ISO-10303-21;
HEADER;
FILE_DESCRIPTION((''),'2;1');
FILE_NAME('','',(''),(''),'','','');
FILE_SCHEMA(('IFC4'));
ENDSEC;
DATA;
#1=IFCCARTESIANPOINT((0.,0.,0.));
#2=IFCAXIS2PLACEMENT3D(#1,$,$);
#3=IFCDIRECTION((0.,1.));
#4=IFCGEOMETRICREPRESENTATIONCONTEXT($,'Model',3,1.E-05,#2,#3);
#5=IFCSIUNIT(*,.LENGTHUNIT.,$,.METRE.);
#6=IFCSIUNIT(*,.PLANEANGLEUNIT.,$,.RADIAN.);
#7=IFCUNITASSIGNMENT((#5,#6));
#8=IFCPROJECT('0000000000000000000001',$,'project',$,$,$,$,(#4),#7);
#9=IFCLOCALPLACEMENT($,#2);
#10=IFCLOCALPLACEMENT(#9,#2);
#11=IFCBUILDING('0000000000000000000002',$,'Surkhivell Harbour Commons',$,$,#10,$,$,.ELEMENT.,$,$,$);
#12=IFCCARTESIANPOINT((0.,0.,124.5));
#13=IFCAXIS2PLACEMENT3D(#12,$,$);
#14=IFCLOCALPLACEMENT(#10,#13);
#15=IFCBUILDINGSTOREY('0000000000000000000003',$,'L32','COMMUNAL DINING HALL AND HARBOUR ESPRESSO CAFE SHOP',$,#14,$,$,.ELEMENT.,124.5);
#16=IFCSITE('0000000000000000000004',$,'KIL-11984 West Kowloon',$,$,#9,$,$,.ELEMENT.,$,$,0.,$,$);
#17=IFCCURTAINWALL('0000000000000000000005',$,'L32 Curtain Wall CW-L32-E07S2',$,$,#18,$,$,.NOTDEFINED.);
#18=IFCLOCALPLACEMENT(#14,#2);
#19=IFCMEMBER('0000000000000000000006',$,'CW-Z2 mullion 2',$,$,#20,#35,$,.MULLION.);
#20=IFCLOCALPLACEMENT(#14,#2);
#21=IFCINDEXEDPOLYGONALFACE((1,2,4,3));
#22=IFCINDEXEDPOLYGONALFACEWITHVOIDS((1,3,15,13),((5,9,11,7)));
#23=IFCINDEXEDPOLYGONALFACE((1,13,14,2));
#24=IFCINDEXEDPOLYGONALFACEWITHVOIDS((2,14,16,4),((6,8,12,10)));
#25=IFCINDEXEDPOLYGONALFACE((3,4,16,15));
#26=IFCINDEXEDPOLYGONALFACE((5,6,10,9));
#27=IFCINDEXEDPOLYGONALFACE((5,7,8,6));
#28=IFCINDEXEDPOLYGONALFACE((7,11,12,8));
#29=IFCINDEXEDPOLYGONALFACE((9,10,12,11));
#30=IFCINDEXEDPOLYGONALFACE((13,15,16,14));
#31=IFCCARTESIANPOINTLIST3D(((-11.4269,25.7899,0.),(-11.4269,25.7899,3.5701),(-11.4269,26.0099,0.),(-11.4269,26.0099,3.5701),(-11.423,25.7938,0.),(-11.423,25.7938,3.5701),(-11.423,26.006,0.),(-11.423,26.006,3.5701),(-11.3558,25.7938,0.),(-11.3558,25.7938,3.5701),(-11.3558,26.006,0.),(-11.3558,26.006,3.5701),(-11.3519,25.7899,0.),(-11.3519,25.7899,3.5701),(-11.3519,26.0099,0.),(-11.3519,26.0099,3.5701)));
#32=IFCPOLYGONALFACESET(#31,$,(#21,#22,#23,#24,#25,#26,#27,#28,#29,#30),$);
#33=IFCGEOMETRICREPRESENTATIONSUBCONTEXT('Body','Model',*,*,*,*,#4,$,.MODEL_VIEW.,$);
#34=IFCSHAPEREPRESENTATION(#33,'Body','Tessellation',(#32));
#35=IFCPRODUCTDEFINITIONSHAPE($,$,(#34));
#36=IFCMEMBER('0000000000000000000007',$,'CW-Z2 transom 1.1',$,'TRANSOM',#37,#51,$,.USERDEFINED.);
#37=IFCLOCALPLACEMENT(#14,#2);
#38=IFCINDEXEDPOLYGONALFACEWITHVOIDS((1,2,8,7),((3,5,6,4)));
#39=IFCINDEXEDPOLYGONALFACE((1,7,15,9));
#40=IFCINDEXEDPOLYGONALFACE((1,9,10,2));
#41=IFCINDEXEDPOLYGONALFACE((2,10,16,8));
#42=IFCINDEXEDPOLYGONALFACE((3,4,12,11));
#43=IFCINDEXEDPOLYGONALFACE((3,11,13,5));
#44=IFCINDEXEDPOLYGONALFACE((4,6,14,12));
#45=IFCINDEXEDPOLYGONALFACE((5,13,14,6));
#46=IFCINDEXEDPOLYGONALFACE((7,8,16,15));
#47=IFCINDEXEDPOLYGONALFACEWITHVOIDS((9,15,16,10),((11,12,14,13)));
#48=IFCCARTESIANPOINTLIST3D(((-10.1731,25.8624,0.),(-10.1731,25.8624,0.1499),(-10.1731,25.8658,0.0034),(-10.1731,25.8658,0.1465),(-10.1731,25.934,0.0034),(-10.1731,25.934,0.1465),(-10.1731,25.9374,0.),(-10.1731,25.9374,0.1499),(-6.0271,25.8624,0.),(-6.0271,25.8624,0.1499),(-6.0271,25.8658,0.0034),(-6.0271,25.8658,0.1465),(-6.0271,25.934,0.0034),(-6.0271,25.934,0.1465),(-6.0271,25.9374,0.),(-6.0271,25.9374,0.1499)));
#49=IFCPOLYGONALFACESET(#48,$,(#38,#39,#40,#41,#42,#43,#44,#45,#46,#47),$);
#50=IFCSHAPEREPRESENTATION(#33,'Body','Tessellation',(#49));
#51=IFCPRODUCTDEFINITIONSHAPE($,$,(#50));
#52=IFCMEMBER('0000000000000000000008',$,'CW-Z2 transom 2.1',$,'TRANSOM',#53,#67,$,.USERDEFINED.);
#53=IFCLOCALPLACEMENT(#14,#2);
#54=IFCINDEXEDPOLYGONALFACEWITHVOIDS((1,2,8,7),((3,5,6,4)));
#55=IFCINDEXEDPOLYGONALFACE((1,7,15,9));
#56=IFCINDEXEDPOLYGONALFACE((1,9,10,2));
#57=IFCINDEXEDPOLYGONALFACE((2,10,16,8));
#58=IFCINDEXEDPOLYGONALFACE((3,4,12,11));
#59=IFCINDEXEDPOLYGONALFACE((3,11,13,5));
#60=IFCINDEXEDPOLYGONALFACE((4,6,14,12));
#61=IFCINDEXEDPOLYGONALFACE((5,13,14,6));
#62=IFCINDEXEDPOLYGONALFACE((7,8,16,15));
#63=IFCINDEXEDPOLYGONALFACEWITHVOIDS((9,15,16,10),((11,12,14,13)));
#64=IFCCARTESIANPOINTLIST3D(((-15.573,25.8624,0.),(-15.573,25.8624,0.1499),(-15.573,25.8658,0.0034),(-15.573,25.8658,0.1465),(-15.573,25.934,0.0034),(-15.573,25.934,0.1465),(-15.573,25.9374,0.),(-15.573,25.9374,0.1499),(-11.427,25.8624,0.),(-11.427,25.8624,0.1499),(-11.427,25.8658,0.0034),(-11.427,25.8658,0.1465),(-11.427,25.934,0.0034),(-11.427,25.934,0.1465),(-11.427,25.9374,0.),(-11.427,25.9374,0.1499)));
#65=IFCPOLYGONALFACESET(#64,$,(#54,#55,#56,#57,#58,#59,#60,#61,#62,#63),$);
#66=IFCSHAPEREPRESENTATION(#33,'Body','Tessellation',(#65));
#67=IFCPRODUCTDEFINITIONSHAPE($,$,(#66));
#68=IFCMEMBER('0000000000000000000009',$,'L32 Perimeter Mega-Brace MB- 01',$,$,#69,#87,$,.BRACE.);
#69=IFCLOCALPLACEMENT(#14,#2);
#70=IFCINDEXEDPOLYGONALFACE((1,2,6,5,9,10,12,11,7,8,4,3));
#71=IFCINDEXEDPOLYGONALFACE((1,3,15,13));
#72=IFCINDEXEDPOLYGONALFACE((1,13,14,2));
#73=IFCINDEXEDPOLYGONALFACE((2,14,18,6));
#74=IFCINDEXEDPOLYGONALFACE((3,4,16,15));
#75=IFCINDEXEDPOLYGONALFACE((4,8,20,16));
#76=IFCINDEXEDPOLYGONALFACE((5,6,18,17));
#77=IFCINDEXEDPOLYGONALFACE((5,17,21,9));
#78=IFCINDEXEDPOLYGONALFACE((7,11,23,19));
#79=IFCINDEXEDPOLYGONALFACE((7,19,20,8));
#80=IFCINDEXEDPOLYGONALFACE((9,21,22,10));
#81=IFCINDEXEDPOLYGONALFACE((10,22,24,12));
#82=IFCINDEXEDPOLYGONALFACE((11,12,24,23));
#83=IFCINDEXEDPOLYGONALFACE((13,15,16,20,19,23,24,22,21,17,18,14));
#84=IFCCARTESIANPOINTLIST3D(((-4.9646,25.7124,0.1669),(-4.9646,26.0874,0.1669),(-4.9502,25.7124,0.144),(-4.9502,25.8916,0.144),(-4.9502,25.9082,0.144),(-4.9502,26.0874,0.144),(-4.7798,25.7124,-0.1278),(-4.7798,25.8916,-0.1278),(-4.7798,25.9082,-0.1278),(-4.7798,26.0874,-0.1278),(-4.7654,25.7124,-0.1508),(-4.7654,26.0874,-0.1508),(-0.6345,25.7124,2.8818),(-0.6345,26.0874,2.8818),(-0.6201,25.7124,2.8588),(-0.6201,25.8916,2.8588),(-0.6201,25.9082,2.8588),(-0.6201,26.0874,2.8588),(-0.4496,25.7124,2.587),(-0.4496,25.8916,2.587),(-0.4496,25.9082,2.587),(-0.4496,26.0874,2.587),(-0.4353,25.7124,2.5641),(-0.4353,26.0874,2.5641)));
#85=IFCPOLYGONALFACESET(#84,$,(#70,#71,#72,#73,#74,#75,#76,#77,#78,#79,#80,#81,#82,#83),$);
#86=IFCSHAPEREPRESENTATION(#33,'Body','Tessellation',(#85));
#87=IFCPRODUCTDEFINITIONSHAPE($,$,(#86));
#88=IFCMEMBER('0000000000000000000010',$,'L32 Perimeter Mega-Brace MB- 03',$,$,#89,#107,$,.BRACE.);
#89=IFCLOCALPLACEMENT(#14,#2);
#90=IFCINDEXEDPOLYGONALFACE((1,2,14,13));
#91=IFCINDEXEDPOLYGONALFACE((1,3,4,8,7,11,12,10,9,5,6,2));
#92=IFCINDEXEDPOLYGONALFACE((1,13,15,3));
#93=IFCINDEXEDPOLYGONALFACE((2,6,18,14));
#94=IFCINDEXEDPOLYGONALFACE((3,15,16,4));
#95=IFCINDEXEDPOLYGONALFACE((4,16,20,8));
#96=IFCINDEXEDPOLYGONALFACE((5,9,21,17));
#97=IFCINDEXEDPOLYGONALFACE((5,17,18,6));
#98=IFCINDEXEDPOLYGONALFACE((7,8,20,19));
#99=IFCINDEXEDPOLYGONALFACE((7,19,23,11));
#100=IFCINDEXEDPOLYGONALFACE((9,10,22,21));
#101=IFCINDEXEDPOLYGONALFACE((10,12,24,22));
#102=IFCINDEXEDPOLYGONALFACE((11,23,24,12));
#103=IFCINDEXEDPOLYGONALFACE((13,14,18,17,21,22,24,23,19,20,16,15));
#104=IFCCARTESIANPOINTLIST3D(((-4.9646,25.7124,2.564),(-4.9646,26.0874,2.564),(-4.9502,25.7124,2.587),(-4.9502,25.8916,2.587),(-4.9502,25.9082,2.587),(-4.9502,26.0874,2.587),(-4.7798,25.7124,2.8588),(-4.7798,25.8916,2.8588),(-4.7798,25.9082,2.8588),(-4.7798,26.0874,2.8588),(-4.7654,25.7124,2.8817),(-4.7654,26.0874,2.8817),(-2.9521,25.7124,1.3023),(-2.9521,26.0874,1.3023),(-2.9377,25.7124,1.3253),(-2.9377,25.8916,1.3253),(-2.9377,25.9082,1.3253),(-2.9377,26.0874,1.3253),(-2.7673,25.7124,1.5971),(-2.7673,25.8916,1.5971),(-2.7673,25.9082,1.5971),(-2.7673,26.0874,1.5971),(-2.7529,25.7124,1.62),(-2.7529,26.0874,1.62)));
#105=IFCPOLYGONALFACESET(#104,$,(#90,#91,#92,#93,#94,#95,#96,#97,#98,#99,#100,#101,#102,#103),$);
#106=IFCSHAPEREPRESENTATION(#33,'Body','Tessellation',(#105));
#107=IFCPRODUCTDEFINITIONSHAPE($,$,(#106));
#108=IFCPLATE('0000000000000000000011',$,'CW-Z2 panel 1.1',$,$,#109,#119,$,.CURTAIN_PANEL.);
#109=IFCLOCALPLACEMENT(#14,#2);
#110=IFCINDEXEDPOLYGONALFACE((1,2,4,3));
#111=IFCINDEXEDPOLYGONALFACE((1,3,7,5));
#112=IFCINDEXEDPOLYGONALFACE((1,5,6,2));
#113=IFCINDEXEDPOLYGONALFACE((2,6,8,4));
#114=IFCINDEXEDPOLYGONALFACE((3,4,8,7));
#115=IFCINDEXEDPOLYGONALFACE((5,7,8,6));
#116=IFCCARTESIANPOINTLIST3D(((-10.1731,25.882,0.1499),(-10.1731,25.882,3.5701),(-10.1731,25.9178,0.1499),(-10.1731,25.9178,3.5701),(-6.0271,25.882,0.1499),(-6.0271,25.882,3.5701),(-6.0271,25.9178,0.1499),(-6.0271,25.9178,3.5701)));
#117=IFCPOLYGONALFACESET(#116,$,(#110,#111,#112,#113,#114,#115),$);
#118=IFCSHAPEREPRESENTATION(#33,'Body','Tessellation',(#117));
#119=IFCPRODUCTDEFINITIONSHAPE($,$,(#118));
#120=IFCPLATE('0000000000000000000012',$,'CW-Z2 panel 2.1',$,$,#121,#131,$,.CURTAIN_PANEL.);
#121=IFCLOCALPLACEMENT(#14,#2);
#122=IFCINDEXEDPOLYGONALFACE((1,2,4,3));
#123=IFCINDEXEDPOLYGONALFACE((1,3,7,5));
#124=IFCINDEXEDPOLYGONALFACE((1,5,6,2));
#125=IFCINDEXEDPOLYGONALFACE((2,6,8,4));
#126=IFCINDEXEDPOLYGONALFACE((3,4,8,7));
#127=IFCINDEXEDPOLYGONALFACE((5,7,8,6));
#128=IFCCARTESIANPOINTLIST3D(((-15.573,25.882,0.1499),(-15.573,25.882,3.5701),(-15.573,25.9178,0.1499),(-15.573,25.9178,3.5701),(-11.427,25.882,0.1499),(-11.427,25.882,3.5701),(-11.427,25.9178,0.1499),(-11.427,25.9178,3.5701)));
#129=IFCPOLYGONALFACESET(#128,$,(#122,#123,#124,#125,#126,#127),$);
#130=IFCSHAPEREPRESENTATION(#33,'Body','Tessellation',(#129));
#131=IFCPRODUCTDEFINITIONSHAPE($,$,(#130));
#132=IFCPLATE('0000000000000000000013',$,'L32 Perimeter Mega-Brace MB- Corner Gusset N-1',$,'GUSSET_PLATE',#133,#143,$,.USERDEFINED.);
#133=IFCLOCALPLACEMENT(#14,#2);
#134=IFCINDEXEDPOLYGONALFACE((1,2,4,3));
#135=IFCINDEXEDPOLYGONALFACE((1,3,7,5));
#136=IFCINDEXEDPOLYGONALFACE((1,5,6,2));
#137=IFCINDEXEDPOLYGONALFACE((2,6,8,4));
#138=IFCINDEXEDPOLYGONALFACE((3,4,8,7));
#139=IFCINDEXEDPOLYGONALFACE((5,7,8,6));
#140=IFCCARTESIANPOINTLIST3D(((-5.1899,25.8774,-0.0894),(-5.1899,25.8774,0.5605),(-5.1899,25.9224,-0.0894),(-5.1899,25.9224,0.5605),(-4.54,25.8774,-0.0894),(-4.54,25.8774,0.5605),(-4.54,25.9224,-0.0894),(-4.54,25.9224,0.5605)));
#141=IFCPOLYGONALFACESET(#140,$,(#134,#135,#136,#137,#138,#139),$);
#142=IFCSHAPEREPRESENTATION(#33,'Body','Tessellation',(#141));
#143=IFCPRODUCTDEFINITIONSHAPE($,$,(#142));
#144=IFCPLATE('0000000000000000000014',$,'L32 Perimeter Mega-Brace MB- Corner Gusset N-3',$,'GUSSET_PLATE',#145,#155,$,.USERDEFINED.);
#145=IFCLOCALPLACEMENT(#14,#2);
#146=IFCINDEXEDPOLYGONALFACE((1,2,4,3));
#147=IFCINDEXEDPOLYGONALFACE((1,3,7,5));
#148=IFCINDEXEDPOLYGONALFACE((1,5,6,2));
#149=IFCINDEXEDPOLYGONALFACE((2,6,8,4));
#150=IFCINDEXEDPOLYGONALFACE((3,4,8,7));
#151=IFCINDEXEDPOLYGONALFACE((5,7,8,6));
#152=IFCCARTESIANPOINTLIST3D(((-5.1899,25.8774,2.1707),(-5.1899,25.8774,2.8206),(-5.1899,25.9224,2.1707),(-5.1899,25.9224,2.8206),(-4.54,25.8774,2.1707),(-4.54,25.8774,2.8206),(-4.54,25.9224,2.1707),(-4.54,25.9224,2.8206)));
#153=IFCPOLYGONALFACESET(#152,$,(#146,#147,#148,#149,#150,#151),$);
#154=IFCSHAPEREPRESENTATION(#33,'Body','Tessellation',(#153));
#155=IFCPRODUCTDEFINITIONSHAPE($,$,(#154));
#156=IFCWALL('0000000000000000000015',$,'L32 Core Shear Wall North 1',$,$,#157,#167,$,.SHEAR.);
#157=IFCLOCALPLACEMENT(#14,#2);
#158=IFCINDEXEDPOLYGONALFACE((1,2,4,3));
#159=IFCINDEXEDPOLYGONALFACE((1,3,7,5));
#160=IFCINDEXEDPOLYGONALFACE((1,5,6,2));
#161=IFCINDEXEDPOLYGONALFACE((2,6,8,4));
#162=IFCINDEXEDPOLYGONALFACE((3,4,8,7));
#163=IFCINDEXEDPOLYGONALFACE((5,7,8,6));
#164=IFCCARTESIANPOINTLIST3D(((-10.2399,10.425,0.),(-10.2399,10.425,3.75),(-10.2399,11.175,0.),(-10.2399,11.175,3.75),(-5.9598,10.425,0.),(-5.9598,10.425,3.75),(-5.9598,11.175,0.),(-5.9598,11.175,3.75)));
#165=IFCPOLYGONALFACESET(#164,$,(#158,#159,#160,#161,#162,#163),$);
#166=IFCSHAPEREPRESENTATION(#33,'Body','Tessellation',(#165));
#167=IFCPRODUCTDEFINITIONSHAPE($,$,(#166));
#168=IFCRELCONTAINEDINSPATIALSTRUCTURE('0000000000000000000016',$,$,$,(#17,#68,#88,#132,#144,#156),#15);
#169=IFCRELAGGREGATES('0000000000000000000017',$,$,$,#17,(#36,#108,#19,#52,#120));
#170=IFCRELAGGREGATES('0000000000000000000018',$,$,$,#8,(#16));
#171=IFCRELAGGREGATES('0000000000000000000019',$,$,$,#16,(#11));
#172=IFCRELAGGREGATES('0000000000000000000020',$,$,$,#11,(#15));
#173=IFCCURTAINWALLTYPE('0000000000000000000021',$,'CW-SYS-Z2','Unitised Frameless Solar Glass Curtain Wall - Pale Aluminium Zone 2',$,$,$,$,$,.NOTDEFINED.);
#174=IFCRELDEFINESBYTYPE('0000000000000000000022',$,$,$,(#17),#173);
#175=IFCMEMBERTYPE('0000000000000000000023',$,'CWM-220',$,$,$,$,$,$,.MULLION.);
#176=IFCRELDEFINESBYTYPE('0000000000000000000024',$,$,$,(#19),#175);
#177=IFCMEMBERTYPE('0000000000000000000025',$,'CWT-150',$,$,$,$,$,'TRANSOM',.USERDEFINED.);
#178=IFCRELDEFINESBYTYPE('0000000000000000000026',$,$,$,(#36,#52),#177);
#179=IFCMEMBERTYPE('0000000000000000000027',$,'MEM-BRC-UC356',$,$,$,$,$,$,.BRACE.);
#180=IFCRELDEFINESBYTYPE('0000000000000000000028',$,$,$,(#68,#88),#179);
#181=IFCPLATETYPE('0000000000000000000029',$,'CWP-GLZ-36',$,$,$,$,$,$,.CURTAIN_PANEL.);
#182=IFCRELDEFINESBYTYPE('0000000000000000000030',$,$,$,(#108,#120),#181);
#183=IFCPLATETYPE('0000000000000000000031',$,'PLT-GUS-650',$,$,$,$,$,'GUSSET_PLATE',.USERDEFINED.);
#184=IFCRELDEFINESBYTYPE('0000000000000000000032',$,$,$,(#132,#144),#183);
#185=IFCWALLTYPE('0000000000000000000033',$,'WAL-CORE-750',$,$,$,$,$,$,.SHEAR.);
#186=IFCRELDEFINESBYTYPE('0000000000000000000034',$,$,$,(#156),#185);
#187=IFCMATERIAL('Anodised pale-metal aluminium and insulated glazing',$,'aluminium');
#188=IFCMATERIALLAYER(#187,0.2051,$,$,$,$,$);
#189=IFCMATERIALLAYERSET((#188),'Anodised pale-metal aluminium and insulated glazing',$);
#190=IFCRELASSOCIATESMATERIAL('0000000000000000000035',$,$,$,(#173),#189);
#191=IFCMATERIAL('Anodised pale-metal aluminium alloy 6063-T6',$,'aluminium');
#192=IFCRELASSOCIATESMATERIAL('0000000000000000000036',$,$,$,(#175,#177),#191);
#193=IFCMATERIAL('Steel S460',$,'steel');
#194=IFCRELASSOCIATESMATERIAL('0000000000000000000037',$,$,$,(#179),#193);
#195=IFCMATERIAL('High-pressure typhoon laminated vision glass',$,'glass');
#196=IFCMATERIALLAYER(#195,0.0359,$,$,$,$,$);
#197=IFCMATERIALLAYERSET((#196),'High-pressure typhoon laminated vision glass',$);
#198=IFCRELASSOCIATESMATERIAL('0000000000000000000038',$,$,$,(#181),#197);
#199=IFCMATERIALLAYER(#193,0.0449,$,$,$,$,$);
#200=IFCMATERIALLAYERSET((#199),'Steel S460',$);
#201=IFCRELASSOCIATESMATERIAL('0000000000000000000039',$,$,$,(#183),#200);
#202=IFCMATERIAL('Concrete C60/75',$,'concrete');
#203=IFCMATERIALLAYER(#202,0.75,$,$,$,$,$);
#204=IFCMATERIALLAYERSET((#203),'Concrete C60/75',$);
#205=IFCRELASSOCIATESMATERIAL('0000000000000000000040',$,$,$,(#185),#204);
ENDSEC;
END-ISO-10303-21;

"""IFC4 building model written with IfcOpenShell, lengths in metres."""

from ifc_helpers import new_model, si_unit, direction, frame, frame_2d, origin, origin_2d, place, context, subcontext, project, spatial, rectangle, hollow_rectangle, i_section, extrude, material, layer, layer_set, material_profile, profile_set, type_object, element, aggregate, save


model = new_model("IFC4")

# Units and contexts
model_context = context("Model", 3, precision=1e-05, world=origin(), true_north=direction((0.0, 1.0)))
body_context = subcontext(model_context, "Body", "Model", "MODEL_VIEW")
ifc_project = project(units=[si_unit("LENGTHUNIT", "METRE"), si_unit("PLANEANGLEUNIT", "RADIAN")], contexts=[model_context])

# Site, building, storey
site_placement = place(None, origin())
site = spatial("IfcSite", under=ifc_project, at=site_placement, Name="KIL-11984 West Kowloon", CompositionType="ELEMENT", RefElevation=0.0)
building_placement = place(site_placement, origin())
building = spatial("IfcBuilding", under=site, at=building_placement, Name="Surkhivell Harbour Commons", CompositionType="ELEMENT")
storey_placement = place(building_placement, frame((0.0, 0.0, 124.5)))
storey = spatial("IfcBuildingStorey", under=building, at=storey_placement, Name="L32", Description="COMMUNAL DINING HALL AND HARBOUR ESPRESSO CAFE SHOP", CompositionType="ELEMENT", Elevation=124.5)

# Shared definitions
ifc_material_1 = material(Name="Concrete C60/75", Category="concrete")

# Shared definitions
ifc_material_2 = material(Name="Steel S460", Category="steel")

# Curtain wall, members
ifc_material_3 = material(Name="Anodised pale-metal aluminium and insulated glazing", Category="aluminium")
ifc_layer_1 = layer(ifc_material_3, 0.2051)
ifc_layer_set_1 = layer_set([ifc_layer_1], Name="Anodised pale-metal aluminium and insulated glazing")
curtain_wall_type = type_object("IfcCurtainWallType", Name="CW-SYS-Z2", Description="Unitised Frameless Solar Glass Curtain Wall - Pale Aluminium Zone 2", PredefinedType="NOTDEFINED", material=ifc_layer_set_1)
curtain_wall_placement = place(storey_placement, origin())
curtain_wall = element("IfcCurtainWall", 1, at=curtain_wall_placement, inside=storey, type_object=curtain_wall_type, Name="L32 Curtain Wall CW-L32-E07S2", PredefinedType="NOTDEFINED")
ifc_material_4 = material(Name="Anodised pale-metal aluminium alloy 6063-T6", Category="aluminium")
ifc_material_profile_1 = material_profile(ifc_material_4, hollow_rectangle(XDim=0.075, YDim=0.22, WallThickness=0.0039, at=origin_2d()), Name="ALU-MULL-75x220")
ifc_profile_set_1 = profile_set([ifc_material_profile_1], Name="Anodised pale-metal aluminium alloy 6063-T6")
member_type_1 = type_object("IfcMemberType", Name="CWM-220", PredefinedType="MULLION", material=ifc_profile_set_1)
member_1_placement = place(storey_placement, frame((-11.3894, 25.8999, 0.0), z_axis=(0.0, 0.0, 1.0), x_axis=(-1.0, 0.0, 0.0)))
member_1 = element("IfcMember", 2, at=member_1_placement, type_object=member_type_1, Name="CW-Z2 mullion 2", PredefinedType="MULLION", context=body_context, shape_type="SweptSolid", body=[
    extrude(hollow_rectangle(XDim=0.075, YDim=0.22, WallThickness=0.0039, at=origin_2d()), origin(), (0.0, 0.0, 1.0), 3.5701),
])
ifc_material_profile_2 = material_profile(ifc_material_4, hollow_rectangle(XDim=0.075, YDim=0.1499, WallThickness=0.0034, at=origin_2d()), Name="ALU-TRAN-75x150")
ifc_profile_set_2 = profile_set([ifc_material_profile_2], Name="Anodised pale-metal aluminium alloy 6063-T6")
member_type_2 = type_object("IfcMemberType", Name="CWT-150", ElementType="TRANSOM", PredefinedType="USERDEFINED", material=ifc_profile_set_2)
member_2_placement = place(storey_placement, frame((-6.0271, 25.8999, 0.075), z_axis=(-1.0, 0.0, 0.0), x_axis=(0.0, -1.0, 0.0)))
member_2 = element("IfcMember", 3, at=member_2_placement, type_object=member_type_2, Name="CW-Z2 transom 1.1", ObjectType="TRANSOM", PredefinedType="USERDEFINED", context=body_context, shape_type="SweptSolid", body=[
    extrude(hollow_rectangle(XDim=0.075, YDim=0.1499, WallThickness=0.0034, at=origin_2d()), origin(), (0.0, 0.0, 1.0), 4.146),
])
member_3_placement = place(storey_placement, frame((-11.427, 25.8999, 0.075), z_axis=(-1.0, 0.0, 0.0), x_axis=(0.0, -1.0, 0.0)))
member_3 = element("IfcMember", 4, at=member_3_placement, type_object=member_type_2, Name="CW-Z2 transom 2.1", ObjectType="TRANSOM", PredefinedType="USERDEFINED", context=body_context, shape_type="SweptSolid", body=[
    extrude(hollow_rectangle(XDim=0.075, YDim=0.1499, WallThickness=0.0034, at=origin_2d()), origin(), (0.0, 0.0, 1.0), 4.146),
])

# Members
ifc_material_profile_3 = material_profile(ifc_material_2, i_section(OverallWidth=0.375, OverallDepth=0.375, WebThickness=0.0166, FlangeThickness=0.0271, at=origin_2d()), Name="UC356x368x202")
ifc_profile_set_3 = profile_set([ifc_material_profile_3], Name="Steel S460")
member_type_3 = type_object("IfcMemberType", Name="MEM-BRC-UC356", PredefinedType="BRACE", material=ifc_profile_set_3)
member_4_placement = place(storey_placement, frame((-4.865, 25.8999, 0.0081), z_axis=(0.847246, 0.0, 0.531201), x_axis=(0.0, 1.0, 0.0)))
element("IfcMember", 5, at=member_4_placement, inside=storey, type_object=member_type_3, Name="L32 Perimeter Mega-Brace MB- 01", PredefinedType="BRACE", context=body_context, shape_type="SweptSolid", body=[
    extrude(i_section(OverallWidth=0.375, OverallDepth=0.375, WebThickness=0.0166, FlangeThickness=0.0271, at=origin_2d()), origin(), (0.0, 0.0, 1.0), 5.1108),
])
member_5_placement = place(storey_placement, frame((-2.8525, 25.8999, 1.4612), z_axis=(-0.847253, 0.0, 0.53119), x_axis=(0.0, -1.0, 0.0)))
element("IfcMember", 6, at=member_5_placement, inside=storey, type_object=member_type_3, Name="L32 Perimeter Mega-Brace MB- 03", PredefinedType="BRACE", context=body_context, shape_type="SweptSolid", body=[
    extrude(i_section(OverallWidth=0.375, OverallDepth=0.375, WebThickness=0.0166, FlangeThickness=0.0271, at=origin_2d()), origin(), (0.0, 0.0, 1.0), 2.3752),
])

# Plates
ifc_material_5 = material(Name="High-pressure typhoon laminated vision glass", Category="glass")
ifc_layer_2 = layer(ifc_material_5, 0.0359)
ifc_layer_set_2 = layer_set([ifc_layer_2], Name="High-pressure typhoon laminated vision glass")
plate_type_1 = type_object("IfcPlateType", Name="CWP-GLZ-36", PredefinedType="CURTAIN_PANEL", material=ifc_layer_set_2)
plate_1_placement = place(storey_placement, frame((-6.0271, 25.8999, 0.1499), z_axis=(0.0, 0.0, 1.0), x_axis=(-1.0, 0.0, 0.0)))
plate_1 = element("IfcPlate", 7, at=plate_1_placement, type_object=plate_type_1, Name="CW-Z2 panel 1.1", PredefinedType="CURTAIN_PANEL", context=body_context, shape_type="SweptSolid", body=[
    extrude(rectangle(XDim=4.146, YDim=0.0359, at=frame_2d((2.073, 0.0))), origin(), (0.0, 0.0, 1.0), 3.4202),
])
plate_2_placement = place(storey_placement, frame((-11.427, 25.8999, 0.1499), z_axis=(0.0, 0.0, 1.0), x_axis=(-1.0, 0.0, 0.0)))
plate_2 = element("IfcPlate", 8, at=plate_2_placement, type_object=plate_type_1, Name="CW-Z2 panel 2.1", PredefinedType="CURTAIN_PANEL", context=body_context, shape_type="SweptSolid", body=[
    extrude(rectangle(XDim=4.146, YDim=0.0359, at=frame_2d((2.073, 0.0))), origin(), (0.0, 0.0, 1.0), 3.4202),
])
aggregate(curtain_wall, [member_2, plate_1, member_1, member_3, plate_2])

# Plates
ifc_layer_3 = layer(ifc_material_2, 0.0449)
ifc_layer_set_3 = layer_set([ifc_layer_3], Name="Steel S460")
plate_type_2 = type_object("IfcPlateType", Name="PLT-GUS-650", ElementType="GUSSET_PLATE", PredefinedType="USERDEFINED", material=ifc_layer_set_3)
for number, where, z_axis, x_axis, name in (
    (9, (-4.865, 25.8999, -0.0894), (0.0, 0.0, 1.0), (1.0, 0.0, 0.0), "L32 Perimeter Mega-Brace MB- Corner Gusset N-1"),
    (10, (-4.865, 25.8999, 2.1707), (0.0, 0.0, 1.0), (1.0, 0.0, 0.0), "L32 Perimeter Mega-Brace MB- Corner Gusset N-3"),
):
    element("IfcPlate", number, at=place(storey_placement, frame(where, z_axis=z_axis, x_axis=x_axis)), inside=storey, type_object=plate_type_2, Name=name, ObjectType="GUSSET_PLATE", PredefinedType="USERDEFINED", context=body_context, shape_type="SweptSolid", body=[
        extrude(rectangle(XDim=0.6499, YDim=0.0449, at=origin_2d()), origin(), (0.0, 0.0, 1.0), 0.6499),
    ])

# Wall
ifc_layer_4 = layer(ifc_material_1, 0.75)
ifc_layer_set_4 = layer_set([ifc_layer_4], Name="Concrete C60/75")
wall_type_1 = type_object("IfcWallType", Name="WAL-CORE-750", PredefinedType="SHEAR", material=ifc_layer_set_4)
wall_1_placement = place(storey_placement, frame((-10.24, 10.8, 0.0), z_axis=(0.0, 0.0, 1.0), x_axis=(1.0, 0.0, 0.0)))
element("IfcWall", 11, at=wall_1_placement, inside=storey, type_object=wall_type_1, Name="L32 Core Shear Wall North 1", PredefinedType="SHEAR", context=body_context, shape_type="SweptSolid", body=[
    extrude(rectangle(XDim=4.28, YDim=0.75, at=frame_2d((2.1401, 0.0))), origin(), (0.0, 0.0, 1.0), 3.75),
])

save(model, "model.ifc")
